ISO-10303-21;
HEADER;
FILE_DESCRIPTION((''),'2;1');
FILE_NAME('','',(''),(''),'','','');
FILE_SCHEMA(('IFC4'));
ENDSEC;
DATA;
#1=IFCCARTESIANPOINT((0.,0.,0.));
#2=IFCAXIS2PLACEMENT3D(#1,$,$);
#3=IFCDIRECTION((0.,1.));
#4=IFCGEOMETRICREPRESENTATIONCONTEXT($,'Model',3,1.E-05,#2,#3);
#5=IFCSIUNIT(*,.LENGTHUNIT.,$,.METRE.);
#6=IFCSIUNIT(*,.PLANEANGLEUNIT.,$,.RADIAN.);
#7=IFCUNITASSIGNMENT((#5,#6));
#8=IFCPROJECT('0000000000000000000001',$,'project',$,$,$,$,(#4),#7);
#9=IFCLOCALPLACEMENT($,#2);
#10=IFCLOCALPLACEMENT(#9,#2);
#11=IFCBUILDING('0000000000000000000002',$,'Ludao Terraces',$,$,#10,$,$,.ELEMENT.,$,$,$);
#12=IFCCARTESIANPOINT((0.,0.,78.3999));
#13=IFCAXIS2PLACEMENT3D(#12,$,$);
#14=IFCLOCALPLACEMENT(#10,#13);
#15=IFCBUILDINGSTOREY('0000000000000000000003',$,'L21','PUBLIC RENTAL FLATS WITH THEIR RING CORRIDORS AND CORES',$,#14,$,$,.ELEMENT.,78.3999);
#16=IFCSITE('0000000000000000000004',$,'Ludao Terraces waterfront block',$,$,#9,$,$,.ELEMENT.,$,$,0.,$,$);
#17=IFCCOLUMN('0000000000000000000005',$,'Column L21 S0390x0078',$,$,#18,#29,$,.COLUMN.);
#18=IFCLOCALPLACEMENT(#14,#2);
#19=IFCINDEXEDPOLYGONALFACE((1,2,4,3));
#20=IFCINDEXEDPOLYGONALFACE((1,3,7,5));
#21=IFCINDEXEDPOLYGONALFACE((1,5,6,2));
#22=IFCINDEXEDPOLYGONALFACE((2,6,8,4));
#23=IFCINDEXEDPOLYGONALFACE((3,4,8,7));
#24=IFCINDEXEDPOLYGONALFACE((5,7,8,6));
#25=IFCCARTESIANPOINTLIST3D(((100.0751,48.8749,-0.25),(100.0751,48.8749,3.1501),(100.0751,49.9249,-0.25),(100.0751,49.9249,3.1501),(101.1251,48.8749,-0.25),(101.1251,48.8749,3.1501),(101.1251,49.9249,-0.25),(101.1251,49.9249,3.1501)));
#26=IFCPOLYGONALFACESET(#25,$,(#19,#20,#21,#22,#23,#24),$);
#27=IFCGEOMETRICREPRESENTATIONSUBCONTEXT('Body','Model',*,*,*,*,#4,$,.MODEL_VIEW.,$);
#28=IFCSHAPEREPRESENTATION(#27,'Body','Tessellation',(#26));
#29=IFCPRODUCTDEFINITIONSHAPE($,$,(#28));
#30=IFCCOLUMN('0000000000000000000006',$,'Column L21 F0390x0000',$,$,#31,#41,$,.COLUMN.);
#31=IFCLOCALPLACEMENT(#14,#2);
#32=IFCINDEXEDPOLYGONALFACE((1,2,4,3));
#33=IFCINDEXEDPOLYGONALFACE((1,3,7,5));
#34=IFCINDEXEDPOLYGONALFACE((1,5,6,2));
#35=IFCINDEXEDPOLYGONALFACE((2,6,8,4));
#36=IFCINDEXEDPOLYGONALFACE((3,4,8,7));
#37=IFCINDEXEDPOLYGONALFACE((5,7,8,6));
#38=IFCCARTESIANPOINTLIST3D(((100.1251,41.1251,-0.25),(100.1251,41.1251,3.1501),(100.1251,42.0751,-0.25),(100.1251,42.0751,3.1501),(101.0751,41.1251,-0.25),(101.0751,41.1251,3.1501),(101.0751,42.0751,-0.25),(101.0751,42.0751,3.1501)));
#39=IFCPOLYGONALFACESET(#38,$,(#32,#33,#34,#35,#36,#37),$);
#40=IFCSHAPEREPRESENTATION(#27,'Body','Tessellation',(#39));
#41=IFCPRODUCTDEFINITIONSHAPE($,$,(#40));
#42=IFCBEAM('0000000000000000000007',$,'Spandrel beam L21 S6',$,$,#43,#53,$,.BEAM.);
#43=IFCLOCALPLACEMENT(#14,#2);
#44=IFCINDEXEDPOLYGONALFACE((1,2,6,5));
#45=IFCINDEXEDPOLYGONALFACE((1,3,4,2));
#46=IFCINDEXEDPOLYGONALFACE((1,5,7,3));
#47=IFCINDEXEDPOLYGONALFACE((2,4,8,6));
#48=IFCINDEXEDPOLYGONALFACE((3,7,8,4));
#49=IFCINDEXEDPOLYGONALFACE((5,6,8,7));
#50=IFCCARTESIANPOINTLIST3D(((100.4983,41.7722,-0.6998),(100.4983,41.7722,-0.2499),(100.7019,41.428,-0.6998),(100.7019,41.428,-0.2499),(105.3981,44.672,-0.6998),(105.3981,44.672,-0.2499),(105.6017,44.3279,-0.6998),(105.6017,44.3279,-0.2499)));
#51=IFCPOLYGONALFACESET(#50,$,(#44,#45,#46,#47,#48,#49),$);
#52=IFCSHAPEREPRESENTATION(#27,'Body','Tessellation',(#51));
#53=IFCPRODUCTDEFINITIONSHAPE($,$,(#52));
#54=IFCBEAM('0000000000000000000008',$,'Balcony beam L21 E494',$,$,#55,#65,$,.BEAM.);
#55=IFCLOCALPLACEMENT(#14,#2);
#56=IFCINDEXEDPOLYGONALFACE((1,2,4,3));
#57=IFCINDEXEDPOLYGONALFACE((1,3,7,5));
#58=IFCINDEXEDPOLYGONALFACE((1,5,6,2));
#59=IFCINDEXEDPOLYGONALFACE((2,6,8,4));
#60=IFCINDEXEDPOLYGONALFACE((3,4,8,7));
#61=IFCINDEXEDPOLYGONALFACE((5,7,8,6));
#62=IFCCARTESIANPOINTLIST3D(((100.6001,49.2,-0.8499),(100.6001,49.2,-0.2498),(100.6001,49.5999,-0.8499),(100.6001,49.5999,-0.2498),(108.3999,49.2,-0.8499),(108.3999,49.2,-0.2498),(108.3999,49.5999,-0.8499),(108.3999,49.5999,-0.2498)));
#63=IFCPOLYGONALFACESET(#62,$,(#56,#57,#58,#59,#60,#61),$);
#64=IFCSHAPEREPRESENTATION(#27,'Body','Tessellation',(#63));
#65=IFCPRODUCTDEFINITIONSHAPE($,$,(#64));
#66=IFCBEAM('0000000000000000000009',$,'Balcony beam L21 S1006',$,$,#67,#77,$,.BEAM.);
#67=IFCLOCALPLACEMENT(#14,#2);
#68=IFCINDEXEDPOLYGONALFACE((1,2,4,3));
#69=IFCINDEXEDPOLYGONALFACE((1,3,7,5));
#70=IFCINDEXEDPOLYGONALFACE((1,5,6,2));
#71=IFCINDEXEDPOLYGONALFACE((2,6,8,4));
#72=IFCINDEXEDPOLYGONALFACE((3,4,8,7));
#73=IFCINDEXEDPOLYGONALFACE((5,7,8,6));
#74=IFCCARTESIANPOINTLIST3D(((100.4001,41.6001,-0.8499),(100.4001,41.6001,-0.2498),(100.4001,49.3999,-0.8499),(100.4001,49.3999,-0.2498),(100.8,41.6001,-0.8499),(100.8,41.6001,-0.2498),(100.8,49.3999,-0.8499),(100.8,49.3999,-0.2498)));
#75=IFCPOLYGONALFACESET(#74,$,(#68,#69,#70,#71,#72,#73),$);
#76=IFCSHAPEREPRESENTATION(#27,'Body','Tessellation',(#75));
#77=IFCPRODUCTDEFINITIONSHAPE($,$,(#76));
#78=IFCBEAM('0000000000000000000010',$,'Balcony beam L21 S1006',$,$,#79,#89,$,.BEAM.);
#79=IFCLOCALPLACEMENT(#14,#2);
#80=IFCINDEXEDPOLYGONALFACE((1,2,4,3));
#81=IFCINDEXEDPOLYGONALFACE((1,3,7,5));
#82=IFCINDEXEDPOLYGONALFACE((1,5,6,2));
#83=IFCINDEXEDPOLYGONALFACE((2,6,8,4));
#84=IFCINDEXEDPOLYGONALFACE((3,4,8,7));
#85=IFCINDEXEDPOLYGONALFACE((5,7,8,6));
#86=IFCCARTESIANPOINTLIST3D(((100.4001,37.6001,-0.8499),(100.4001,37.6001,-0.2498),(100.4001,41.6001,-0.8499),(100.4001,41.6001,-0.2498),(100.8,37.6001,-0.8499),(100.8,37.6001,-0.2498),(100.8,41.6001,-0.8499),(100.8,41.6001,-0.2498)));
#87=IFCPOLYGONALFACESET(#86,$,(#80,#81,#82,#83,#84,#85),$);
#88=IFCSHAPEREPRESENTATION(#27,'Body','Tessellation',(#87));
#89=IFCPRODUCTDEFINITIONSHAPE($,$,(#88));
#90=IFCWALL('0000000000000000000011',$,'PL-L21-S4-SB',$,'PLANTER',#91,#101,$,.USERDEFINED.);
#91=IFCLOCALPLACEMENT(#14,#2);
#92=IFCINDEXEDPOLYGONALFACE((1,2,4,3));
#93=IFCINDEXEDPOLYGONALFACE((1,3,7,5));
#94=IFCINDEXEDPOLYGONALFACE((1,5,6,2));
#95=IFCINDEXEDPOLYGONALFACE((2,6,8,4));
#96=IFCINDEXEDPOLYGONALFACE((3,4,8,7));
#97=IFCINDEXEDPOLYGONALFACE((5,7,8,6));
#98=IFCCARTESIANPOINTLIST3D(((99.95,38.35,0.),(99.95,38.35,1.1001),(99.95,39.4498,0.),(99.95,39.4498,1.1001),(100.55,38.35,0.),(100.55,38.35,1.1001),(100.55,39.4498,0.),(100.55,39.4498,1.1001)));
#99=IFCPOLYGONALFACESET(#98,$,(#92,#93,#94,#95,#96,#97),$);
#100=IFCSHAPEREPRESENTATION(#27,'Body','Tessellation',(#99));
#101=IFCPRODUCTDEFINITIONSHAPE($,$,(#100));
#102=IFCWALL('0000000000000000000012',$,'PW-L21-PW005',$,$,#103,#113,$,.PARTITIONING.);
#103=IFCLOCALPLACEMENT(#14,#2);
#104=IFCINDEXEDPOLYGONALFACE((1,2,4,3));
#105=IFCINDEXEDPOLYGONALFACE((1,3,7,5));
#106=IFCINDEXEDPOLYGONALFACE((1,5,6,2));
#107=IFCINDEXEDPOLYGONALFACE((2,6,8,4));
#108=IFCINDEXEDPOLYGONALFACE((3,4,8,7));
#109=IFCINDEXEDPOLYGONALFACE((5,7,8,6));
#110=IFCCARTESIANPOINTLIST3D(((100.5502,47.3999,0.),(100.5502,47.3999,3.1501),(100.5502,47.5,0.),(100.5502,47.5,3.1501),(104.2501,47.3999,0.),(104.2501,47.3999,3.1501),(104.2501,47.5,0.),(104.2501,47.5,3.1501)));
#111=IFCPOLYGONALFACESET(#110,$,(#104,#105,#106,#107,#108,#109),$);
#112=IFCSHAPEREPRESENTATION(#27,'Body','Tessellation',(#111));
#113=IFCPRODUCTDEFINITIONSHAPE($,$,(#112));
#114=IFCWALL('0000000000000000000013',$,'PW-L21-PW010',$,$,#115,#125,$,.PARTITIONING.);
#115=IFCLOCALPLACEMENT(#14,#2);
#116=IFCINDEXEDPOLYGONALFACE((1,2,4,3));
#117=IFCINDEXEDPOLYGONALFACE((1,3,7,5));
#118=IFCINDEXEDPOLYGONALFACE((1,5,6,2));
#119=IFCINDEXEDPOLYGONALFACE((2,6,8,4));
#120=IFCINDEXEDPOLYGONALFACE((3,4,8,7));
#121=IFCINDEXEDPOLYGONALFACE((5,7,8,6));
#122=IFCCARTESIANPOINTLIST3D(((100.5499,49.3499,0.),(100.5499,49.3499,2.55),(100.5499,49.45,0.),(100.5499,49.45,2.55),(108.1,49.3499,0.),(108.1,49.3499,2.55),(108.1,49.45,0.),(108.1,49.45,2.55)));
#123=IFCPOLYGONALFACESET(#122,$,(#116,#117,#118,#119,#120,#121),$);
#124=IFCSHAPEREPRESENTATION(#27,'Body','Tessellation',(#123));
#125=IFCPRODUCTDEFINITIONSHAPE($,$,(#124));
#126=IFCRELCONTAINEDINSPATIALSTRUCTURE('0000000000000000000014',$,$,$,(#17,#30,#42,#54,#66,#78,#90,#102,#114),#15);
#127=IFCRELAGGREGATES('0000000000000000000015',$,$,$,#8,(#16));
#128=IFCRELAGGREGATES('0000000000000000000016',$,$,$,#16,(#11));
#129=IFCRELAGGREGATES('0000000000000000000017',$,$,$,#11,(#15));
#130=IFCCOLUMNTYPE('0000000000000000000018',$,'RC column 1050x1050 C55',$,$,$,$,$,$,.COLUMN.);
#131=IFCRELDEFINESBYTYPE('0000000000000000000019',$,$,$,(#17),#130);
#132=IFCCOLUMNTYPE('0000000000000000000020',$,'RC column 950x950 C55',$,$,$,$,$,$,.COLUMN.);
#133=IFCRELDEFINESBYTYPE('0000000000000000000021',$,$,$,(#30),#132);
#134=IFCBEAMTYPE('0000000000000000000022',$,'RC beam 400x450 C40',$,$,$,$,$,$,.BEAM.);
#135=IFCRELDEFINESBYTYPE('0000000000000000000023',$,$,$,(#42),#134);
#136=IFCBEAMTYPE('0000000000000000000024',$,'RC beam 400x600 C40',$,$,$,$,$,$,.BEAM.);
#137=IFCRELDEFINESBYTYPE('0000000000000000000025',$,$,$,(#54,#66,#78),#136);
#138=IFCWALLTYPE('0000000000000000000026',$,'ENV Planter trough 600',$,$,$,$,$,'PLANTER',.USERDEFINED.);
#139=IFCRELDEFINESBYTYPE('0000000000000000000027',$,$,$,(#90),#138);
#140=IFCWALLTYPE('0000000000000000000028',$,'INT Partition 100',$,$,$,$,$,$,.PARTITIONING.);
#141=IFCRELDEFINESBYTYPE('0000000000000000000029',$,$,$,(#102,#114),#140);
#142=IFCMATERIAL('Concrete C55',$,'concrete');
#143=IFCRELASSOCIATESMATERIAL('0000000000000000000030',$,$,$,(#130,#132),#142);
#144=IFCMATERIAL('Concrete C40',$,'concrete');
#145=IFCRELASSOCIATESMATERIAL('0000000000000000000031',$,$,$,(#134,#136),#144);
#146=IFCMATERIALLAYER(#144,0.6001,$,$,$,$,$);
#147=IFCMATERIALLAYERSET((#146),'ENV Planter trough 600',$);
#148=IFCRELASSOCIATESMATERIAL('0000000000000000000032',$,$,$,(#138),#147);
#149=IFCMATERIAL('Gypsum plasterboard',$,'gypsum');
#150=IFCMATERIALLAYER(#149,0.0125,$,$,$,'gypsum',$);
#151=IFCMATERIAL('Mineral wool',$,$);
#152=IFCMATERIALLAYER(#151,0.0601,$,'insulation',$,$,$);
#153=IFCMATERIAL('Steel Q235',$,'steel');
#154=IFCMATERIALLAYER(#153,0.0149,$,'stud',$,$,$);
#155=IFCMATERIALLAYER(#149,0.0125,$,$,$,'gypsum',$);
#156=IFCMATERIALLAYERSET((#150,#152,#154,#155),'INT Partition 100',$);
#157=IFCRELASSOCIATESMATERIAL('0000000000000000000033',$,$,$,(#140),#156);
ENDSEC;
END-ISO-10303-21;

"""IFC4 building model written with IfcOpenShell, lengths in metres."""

from ifc_helpers import new_model, si_unit, direction, frame, frame_2d, origin, origin_2d, place, context, subcontext, project, spatial, rectangle, extrude, material, layer, layer_set, material_profile, profile_set, type_object, element, save


model = new_model("IFC4")

# Units and contexts
model_context = context("Model", 3, precision=1e-05, world=origin(), true_north=direction((0.0, 1.0)))
body_context = subcontext(model_context, "Body", "Model", "MODEL_VIEW")
ifc_project = project(units=[si_unit("LENGTHUNIT", "METRE"), si_unit("PLANEANGLEUNIT", "RADIAN")], contexts=[model_context])

# Site, building, storey
site_placement = place(None, origin())
site = spatial("IfcSite", under=ifc_project, at=site_placement, Name="Ludao Terraces waterfront block", CompositionType="ELEMENT", RefElevation=0.0)
building_placement = place(site_placement, origin())
building = spatial("IfcBuilding", under=site, at=building_placement, Name="Ludao Terraces", CompositionType="ELEMENT")
storey_placement = place(building_placement, frame((0.0, 0.0, 78.3999)))
storey = spatial("IfcBuildingStorey", under=building, at=storey_placement, Name="L21", Description="PUBLIC RENTAL FLATS WITH THEIR RING CORRIDORS AND CORES", CompositionType="ELEMENT", Elevation=78.3999)

# Columns
ifc_material_1 = material(Name="Concrete C55", Category="concrete")
ifc_material_profile_1 = material_profile(ifc_material_1, rectangle(XDim=1.05, YDim=1.05, at=origin_2d()), Name="1050 X 1050")
ifc_profile_set_1 = profile_set([ifc_material_profile_1], Name="Concrete C55")
column_type_1 = type_object("IfcColumnType", Name="RC column 1050x1050 C55", PredefinedType="COLUMN", material=ifc_profile_set_1)
column_1_placement = place(storey_placement, frame((100.6001, 49.3999, -0.25), z_axis=(0.0, 0.0, 1.0), x_axis=(1.0, 0.0, 0.0)))
element("IfcColumn", 1, at=column_1_placement, inside=storey, type_object=column_type_1, Name="Column L21 S0390x0078", PredefinedType="COLUMN", context=body_context, shape_type="SweptSolid", body=[
    extrude(rectangle(XDim=1.05, YDim=1.05, at=origin_2d()), origin(), (0.0, 0.0, 1.0), 3.4001),
])
ifc_material_profile_2 = material_profile(ifc_material_1, rectangle(XDim=0.95, YDim=0.95, at=origin_2d()), Name="950 X 950")
ifc_profile_set_2 = profile_set([ifc_material_profile_2], Name="Concrete C55")
column_type_2 = type_object("IfcColumnType", Name="RC column 950x950 C55", PredefinedType="COLUMN", material=ifc_profile_set_2)
column_2_placement = place(storey_placement, frame((100.6001, 41.6001, -0.25), z_axis=(0.0, 0.0, 1.0), x_axis=(1.0, 0.0, 0.0)))
element("IfcColumn", 2, at=column_2_placement, inside=storey, type_object=column_type_2, Name="Column L21 F0390x0000", PredefinedType="COLUMN", context=body_context, shape_type="SweptSolid", body=[
    extrude(rectangle(XDim=0.95, YDim=0.95, at=origin_2d()), origin(), (0.0, 0.0, 1.0), 3.4001),
])

# Beams
ifc_material_2 = material(Name="Concrete C40", Category="concrete")
ifc_material_profile_3 = material_profile(ifc_material_2, rectangle(XDim=0.3999, YDim=0.45, at=origin_2d()), Name="400 X 450")
ifc_profile_set_3 = profile_set([ifc_material_profile_3], Name="Concrete C40")
beam_type_1 = type_object("IfcBeamType", Name="RC beam 400x450 C40", PredefinedType="BEAM", material=ifc_profile_set_3)
beam_1_placement = place(storey_placement, frame((100.6001, 41.6001, -0.4749), z_axis=(0.86058, 0.509316, 0.0), x_axis=(-0.509316, 0.86058, 0.0)))
element("IfcBeam", 3, at=beam_1_placement, inside=storey, type_object=beam_type_1, Name="Spandrel beam L21 S6", PredefinedType="BEAM", context=body_context, shape_type="SweptSolid", body=[
    extrude(rectangle(XDim=0.3999, YDim=0.45, at=origin_2d()), origin(), (0.0, 0.0, 1.0), 5.6936),
])
ifc_material_profile_4 = material_profile(ifc_material_2, rectangle(XDim=0.3999, YDim=0.6001, at=origin_2d()), Name="400 X 600")
ifc_profile_set_4 = profile_set([ifc_material_profile_4], Name="Concrete C40")
beam_type_2 = type_object("IfcBeamType", Name="RC beam 400x600 C40", PredefinedType="BEAM", material=ifc_profile_set_4)
for number, where, z_axis, x_axis, name in (
    (4, (100.6001, 49.3999, -0.5498), (1.0, 0.0, 0.0), (0.0, 1.0, 0.0), "Balcony beam L21 E494"),
    (5, (100.6001, 49.3999, -0.5498), (0.0, -1.0, 0.0), (1.0, 0.0, 0.0), "Balcony beam L21 S1006"),
):
    element("IfcBeam", number, at=place(storey_placement, frame(where, z_axis=z_axis, x_axis=x_axis)), inside=storey, type_object=beam_type_2, Name=name, PredefinedType="BEAM", context=body_context, shape_type="SweptSolid", body=[
        extrude(rectangle(XDim=0.3999, YDim=0.6001, at=origin_2d()), origin(), (0.0, 0.0, 1.0), 7.7998),
    ])
beam_2_placement = place(storey_placement, frame((100.6001, 41.6001, -0.5498), z_axis=(0.0, -1.0, 0.0), x_axis=(1.0, 0.0, 0.0)))
element("IfcBeam", 6, at=beam_2_placement, inside=storey, type_object=beam_type_2, Name="Balcony beam L21 S1006", PredefinedType="BEAM", context=body_context, shape_type="SweptSolid", body=[
    extrude(rectangle(XDim=0.3999, YDim=0.6001, at=origin_2d()), origin(), (0.0, 0.0, 1.0), 4.0),
])

# Walls
ifc_layer_1 = layer(ifc_material_2, 0.6001)
ifc_layer_set_1 = layer_set([ifc_layer_1], Name="ENV Planter trough 600")
wall_type_1 = type_object("IfcWallType", Name="ENV Planter trough 600", ElementType="PLANTER", PredefinedType="USERDEFINED", material=ifc_layer_set_1)
wall_1_placement = place(storey_placement, frame((100.25, 38.3501, 0.0), z_axis=(0.0, 0.0, 1.0), x_axis=(0.0, 1.0, 0.0)))
element("IfcWall", 7, at=wall_1_placement, inside=storey, type_object=wall_type_1, Name="PL-L21-S4-SB", ObjectType="PLANTER", PredefinedType="USERDEFINED", context=body_context, shape_type="SweptSolid", body=[
    extrude(rectangle(XDim=1.0999, YDim=0.6001, at=frame_2d((0.5498, 0.0))), origin(), (0.0, 0.0, 1.0), 1.1001),
])
ifc_material_3 = material(Name="Gypsum plasterboard", Category="gypsum")
ifc_layer_2 = layer(ifc_material_3, 0.0125, Category="gypsum")
ifc_material_4 = material(Name="Mineral wool")
ifc_layer_3 = layer(ifc_material_4, 0.0601, Name="insulation")
ifc_material_5 = material(Name="Steel Q235", Category="steel")
ifc_layer_4 = layer(ifc_material_5, 0.0149, Name="stud")
ifc_layer_5 = layer(ifc_material_3, 0.0125, Category="gypsum")
ifc_layer_set_2 = layer_set([ifc_layer_2, ifc_layer_3, ifc_layer_4, ifc_layer_5], Name="INT Partition 100")
wall_type_2 = type_object("IfcWallType", Name="INT Partition 100", PredefinedType="PARTITIONING", material=ifc_layer_set_2)
wall_2_placement = place(storey_placement, frame((100.55, 47.45, 0.0), z_axis=(0.0, 0.0, 1.0), x_axis=(1.0, 0.0, 0.0)))
element("IfcWall", 8, at=wall_2_placement, inside=storey, type_object=wall_type_2, Name="PW-L21-PW005", PredefinedType="PARTITIONING", context=body_context, shape_type="SweptSolid", body=[
    extrude(rectangle(XDim=3.7, YDim=0.1001, at=frame_2d((1.8501, 0.0))), origin(), (0.0, 0.0, 1.0), 3.1501),
])
wall_3_placement = place(storey_placement, frame((100.55, 49.3999, 0.0), z_axis=(0.0, 0.0, 1.0), x_axis=(1.0, 0.0, 0.0)))
element("IfcWall", 9, at=wall_3_placement, inside=storey, type_object=wall_type_2, Name="PW-L21-PW010", PredefinedType="PARTITIONING", context=body_context, shape_type="SweptSolid", body=[
    extrude(rectangle(XDim=7.55, YDim=0.1001, at=frame_2d((3.7749, 0.0))), origin(), (0.0, 0.0, 1.0), 2.55),
])

save(model, "model.ifc")
